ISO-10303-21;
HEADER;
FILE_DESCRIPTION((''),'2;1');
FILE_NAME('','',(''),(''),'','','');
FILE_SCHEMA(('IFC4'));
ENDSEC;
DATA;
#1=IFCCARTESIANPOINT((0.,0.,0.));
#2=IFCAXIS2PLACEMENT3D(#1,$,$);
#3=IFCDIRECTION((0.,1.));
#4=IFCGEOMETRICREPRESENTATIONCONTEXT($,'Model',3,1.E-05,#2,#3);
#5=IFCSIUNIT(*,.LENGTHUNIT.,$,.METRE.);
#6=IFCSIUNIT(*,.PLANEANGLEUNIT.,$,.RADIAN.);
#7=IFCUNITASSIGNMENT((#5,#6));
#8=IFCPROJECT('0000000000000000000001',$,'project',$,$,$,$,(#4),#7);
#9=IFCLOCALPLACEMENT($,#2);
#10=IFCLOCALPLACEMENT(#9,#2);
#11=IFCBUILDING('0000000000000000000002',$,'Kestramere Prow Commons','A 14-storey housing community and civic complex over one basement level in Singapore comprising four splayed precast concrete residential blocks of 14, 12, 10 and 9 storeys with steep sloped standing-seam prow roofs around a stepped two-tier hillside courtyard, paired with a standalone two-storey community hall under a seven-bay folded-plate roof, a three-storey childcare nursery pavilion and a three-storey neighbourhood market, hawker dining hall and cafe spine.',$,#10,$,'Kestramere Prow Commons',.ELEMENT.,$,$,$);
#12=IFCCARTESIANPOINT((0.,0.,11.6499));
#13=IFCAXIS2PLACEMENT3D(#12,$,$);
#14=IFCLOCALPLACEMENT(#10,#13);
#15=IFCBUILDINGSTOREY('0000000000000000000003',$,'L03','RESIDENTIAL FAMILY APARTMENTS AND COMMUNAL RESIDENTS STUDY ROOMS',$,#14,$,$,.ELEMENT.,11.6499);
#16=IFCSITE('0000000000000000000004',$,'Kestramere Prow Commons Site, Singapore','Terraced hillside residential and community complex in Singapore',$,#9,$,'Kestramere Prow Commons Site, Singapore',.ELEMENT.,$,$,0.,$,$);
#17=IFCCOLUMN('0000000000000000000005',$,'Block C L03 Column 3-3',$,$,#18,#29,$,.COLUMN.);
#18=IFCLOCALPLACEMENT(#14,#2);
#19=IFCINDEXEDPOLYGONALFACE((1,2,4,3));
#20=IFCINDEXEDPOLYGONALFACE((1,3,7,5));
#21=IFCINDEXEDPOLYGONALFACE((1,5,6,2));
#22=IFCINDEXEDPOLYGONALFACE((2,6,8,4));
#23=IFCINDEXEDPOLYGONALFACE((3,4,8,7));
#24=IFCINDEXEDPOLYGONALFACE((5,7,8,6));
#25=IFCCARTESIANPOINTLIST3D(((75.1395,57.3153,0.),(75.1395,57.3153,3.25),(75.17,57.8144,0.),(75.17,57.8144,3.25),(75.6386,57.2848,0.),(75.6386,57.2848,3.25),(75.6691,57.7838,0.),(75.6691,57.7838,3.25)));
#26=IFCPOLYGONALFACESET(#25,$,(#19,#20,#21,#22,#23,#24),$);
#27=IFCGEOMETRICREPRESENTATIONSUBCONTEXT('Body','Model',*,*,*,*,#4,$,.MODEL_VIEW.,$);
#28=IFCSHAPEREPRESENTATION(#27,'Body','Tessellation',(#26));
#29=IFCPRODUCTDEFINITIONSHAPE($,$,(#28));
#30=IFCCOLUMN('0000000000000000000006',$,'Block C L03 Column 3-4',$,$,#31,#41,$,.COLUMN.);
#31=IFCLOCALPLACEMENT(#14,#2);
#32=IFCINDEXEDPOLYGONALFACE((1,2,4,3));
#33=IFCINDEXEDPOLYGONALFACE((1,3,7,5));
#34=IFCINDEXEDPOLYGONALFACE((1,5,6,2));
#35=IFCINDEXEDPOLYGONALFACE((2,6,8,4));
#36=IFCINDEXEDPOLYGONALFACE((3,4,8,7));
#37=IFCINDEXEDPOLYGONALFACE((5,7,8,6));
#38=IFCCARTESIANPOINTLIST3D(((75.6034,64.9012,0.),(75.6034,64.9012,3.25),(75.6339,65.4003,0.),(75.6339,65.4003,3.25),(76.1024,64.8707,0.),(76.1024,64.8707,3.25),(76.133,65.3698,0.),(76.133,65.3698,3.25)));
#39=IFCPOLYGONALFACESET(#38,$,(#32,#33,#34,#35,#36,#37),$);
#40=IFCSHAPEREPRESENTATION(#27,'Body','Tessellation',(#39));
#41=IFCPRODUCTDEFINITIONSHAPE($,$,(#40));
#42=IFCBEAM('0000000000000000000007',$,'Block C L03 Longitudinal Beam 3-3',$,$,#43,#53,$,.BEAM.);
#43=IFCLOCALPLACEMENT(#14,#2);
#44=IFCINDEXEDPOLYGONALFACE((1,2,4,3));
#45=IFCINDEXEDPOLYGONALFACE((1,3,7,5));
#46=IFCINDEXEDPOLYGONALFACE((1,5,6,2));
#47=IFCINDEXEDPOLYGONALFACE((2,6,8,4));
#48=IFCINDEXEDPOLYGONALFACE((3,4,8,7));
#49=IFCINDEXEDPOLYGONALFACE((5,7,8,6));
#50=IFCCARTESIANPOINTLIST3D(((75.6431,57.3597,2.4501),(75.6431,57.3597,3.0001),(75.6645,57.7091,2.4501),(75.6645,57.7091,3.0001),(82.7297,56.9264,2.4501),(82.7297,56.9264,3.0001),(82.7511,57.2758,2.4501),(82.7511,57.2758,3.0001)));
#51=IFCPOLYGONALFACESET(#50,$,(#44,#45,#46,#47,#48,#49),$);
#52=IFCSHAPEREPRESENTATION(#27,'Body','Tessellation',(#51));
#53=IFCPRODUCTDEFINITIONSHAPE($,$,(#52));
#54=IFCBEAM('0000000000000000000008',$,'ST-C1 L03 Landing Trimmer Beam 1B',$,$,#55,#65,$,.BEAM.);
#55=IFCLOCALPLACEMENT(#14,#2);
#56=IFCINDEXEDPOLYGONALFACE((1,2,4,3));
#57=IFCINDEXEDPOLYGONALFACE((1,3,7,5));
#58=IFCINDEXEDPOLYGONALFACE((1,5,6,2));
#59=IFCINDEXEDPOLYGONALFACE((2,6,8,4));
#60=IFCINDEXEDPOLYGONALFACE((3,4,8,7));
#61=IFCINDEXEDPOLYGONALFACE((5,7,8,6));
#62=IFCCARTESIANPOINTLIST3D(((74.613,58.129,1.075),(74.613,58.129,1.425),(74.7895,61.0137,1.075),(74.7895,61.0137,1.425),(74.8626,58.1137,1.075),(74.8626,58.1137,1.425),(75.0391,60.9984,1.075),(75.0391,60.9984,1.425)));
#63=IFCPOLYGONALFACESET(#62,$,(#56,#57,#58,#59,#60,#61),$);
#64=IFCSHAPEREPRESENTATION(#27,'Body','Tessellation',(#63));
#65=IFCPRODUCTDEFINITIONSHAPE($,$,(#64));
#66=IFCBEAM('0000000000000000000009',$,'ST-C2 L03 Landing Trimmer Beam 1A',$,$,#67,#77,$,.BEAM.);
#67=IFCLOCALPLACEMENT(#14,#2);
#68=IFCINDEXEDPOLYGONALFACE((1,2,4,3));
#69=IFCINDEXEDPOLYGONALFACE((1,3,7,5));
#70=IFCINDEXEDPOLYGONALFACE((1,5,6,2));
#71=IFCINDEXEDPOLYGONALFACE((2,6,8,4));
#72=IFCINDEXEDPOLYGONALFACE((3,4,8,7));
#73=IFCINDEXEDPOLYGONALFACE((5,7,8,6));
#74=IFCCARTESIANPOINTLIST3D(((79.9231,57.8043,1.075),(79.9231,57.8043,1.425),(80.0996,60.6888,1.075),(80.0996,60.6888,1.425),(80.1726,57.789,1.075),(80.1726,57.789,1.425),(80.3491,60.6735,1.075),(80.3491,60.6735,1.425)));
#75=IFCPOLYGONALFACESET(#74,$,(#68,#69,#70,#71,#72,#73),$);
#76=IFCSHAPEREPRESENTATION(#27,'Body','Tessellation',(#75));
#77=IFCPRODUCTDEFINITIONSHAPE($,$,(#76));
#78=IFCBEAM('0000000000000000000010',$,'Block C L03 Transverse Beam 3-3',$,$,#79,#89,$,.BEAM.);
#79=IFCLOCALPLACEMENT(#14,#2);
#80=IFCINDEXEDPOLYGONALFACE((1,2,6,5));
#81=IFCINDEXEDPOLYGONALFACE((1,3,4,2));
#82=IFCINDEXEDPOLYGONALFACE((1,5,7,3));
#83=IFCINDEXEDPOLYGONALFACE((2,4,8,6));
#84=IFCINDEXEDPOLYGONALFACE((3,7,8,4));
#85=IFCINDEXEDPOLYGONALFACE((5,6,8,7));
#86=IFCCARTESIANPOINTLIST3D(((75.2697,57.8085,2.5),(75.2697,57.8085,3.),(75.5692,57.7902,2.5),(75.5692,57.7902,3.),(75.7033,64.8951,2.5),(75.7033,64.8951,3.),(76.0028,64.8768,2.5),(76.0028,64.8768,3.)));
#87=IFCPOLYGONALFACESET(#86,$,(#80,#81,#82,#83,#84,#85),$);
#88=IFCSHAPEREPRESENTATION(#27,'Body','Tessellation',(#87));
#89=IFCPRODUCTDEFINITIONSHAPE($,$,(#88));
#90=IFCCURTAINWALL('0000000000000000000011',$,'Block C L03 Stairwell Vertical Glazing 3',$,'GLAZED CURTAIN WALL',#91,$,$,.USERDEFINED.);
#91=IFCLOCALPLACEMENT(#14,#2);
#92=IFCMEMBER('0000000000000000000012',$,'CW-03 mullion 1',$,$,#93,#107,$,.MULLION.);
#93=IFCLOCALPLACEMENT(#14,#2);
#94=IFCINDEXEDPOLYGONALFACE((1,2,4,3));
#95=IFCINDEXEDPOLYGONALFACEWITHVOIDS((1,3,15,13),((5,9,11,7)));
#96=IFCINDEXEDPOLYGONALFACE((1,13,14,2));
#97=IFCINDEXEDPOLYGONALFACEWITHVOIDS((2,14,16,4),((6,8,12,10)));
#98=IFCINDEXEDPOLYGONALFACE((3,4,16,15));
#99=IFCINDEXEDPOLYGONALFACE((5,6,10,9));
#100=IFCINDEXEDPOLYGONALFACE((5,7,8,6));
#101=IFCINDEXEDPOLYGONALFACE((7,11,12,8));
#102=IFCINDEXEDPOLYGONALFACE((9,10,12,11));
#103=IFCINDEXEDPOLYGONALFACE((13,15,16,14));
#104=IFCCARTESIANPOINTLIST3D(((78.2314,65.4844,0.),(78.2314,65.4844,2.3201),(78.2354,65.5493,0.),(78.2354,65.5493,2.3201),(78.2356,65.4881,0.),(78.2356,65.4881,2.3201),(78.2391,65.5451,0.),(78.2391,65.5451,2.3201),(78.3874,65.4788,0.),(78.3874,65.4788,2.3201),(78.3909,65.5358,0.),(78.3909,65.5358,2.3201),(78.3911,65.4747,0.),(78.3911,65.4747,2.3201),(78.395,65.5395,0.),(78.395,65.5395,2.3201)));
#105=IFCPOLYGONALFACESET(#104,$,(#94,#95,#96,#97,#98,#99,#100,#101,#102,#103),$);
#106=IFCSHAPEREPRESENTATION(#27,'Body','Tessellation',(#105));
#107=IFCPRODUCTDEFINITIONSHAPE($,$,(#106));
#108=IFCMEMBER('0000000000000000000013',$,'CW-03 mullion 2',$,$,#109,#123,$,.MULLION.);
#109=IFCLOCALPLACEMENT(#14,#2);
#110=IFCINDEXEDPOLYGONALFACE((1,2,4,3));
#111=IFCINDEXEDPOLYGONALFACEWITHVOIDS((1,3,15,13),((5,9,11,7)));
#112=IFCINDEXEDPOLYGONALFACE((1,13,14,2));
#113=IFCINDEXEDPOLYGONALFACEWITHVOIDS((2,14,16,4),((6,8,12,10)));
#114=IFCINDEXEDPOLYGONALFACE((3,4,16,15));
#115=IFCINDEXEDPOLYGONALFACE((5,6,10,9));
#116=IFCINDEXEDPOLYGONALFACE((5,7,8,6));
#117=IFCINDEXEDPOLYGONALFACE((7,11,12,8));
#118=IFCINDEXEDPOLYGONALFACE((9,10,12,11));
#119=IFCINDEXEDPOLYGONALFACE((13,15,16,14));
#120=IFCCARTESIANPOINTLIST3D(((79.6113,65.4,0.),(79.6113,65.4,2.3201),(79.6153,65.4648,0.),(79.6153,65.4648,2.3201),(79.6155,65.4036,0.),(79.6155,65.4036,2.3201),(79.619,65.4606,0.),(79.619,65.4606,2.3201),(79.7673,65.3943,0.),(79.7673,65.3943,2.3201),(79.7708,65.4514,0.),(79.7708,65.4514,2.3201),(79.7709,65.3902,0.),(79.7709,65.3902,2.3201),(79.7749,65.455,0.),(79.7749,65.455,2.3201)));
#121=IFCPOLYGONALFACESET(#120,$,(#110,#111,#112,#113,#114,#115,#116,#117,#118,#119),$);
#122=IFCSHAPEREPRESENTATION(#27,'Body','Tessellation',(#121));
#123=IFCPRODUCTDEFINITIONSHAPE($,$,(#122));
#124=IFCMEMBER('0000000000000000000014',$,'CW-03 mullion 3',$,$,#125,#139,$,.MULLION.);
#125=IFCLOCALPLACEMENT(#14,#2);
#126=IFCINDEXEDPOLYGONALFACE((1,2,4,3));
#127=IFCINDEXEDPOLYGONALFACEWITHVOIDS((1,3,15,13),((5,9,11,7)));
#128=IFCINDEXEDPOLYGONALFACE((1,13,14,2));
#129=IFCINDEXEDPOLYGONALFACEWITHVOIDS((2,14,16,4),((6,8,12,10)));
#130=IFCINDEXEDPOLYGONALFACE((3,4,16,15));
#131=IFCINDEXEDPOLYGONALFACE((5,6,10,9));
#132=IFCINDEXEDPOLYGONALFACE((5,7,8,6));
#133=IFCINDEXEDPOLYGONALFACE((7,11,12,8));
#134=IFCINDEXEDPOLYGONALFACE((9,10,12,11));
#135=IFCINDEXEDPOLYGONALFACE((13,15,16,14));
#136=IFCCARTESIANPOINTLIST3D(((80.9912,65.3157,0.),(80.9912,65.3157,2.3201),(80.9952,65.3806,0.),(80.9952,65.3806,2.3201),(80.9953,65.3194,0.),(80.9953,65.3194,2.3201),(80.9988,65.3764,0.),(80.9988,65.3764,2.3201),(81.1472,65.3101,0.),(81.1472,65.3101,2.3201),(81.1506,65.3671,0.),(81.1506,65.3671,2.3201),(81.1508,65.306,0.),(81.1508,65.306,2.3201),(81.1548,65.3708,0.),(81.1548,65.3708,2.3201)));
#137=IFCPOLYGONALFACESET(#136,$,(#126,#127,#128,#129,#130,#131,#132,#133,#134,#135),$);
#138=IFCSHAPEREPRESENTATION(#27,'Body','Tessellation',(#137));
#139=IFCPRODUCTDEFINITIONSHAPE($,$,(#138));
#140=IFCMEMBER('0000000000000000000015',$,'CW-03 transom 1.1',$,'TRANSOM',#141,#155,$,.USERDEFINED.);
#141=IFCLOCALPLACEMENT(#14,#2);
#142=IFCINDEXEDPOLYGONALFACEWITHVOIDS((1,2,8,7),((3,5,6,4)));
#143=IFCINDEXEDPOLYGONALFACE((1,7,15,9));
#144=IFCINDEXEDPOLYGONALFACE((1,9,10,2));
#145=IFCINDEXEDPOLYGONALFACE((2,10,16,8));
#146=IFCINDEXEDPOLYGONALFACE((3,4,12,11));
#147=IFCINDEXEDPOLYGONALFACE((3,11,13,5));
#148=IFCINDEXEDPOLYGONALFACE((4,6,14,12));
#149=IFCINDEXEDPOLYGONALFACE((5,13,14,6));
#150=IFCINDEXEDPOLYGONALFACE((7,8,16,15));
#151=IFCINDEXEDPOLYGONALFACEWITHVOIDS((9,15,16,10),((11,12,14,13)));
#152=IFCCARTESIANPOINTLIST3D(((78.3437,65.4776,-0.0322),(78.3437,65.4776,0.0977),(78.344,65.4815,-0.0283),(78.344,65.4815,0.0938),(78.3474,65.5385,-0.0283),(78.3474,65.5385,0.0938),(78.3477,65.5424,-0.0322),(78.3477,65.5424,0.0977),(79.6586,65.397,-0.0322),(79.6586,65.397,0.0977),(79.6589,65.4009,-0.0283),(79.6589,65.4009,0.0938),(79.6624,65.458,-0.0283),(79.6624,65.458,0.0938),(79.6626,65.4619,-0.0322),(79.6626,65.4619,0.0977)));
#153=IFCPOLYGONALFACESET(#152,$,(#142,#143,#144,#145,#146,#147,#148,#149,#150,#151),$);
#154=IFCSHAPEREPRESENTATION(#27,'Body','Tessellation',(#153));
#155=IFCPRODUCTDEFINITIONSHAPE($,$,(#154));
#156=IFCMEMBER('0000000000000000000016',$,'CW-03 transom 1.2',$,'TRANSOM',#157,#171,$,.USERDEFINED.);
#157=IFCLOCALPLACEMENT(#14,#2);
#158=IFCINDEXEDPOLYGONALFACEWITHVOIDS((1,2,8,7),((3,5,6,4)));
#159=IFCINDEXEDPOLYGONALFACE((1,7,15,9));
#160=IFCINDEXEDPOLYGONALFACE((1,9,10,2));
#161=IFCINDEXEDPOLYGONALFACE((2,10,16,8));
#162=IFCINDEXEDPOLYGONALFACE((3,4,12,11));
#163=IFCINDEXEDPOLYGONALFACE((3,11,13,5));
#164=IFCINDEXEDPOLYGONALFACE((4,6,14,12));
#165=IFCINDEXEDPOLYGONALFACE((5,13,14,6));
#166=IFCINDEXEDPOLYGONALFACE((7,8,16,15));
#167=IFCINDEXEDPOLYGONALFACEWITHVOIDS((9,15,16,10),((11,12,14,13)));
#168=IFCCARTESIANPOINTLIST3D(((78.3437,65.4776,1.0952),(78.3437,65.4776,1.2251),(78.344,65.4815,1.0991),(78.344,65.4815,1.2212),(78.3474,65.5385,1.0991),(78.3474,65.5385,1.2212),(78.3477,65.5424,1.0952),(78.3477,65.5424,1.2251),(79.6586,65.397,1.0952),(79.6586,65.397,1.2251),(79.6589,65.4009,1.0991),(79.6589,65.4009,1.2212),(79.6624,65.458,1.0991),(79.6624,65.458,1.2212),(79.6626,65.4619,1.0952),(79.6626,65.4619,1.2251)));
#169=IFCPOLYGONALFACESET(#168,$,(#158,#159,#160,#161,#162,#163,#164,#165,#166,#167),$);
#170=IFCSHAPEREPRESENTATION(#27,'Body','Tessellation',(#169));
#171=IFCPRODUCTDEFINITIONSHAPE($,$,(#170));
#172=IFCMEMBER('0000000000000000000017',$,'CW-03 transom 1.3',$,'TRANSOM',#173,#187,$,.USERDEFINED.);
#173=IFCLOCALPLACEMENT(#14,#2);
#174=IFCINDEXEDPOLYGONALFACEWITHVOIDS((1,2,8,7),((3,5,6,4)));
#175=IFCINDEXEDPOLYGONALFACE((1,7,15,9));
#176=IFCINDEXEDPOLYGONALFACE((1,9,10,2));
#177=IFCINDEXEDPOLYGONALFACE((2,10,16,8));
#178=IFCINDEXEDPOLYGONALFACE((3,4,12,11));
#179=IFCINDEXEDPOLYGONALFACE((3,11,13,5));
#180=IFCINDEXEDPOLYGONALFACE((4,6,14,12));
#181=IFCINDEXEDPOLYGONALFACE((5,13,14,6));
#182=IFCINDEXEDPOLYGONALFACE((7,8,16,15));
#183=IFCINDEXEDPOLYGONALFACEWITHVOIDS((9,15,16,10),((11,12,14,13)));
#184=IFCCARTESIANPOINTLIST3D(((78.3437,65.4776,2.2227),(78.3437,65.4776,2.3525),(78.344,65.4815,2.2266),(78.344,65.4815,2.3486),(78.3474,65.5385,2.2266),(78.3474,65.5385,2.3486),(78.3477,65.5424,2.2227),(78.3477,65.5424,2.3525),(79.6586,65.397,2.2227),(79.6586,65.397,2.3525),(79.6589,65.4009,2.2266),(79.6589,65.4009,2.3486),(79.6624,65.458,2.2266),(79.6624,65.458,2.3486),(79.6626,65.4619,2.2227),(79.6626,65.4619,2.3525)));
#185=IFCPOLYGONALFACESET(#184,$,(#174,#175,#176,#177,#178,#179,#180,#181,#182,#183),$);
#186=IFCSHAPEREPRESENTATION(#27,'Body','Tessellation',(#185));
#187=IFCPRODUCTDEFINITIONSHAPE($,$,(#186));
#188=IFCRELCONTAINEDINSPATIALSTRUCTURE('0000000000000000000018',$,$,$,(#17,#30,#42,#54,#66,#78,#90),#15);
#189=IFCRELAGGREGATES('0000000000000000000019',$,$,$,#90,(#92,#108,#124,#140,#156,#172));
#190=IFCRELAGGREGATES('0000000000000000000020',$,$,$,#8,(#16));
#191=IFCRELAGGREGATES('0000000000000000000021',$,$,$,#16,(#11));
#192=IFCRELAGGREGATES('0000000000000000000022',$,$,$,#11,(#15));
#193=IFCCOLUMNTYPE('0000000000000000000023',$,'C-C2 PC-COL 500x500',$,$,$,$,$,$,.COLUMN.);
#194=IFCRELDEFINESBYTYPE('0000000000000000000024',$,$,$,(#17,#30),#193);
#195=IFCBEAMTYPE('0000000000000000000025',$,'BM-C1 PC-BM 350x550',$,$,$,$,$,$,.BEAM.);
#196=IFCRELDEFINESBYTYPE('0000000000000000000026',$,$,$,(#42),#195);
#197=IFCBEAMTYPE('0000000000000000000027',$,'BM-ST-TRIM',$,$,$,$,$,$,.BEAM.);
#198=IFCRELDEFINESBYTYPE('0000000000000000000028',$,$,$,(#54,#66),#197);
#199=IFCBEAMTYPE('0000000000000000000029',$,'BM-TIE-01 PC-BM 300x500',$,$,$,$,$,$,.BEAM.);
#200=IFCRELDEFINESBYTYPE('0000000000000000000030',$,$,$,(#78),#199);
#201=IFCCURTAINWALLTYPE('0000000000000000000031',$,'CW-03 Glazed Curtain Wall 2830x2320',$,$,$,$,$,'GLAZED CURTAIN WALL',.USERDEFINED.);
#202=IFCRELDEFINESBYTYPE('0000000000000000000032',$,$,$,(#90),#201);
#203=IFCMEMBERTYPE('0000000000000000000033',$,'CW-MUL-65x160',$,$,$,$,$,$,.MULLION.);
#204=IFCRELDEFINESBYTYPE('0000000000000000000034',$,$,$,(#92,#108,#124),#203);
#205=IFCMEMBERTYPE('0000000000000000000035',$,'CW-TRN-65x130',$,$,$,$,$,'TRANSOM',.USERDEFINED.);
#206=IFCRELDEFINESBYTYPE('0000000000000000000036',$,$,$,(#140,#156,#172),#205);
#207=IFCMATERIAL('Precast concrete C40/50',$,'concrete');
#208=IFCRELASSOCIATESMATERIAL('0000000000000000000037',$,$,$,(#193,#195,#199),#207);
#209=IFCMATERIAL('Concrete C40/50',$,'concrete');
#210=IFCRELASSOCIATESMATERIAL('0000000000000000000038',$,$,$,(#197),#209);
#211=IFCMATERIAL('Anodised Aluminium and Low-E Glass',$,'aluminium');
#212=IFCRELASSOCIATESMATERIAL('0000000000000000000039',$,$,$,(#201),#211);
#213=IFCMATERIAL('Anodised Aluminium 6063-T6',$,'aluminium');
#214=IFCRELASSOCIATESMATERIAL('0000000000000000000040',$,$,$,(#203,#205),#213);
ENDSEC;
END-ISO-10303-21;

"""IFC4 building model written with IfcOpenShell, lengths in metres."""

from ifc_helpers import new_model, si_unit, direction, frame, origin, origin_2d, place, context, subcontext, project, spatial, rectangle, hollow_rectangle, extrude, material, material_profile, profile_set, type_object, element, aggregate, save


model = new_model("IFC4")

# Units and contexts
model_context = context("Model", 3, precision=1e-05, world=origin(), true_north=direction((0.0, 1.0)))
body_context = subcontext(model_context, "Body", "Model", "MODEL_VIEW")
ifc_project = project(units=[si_unit("LENGTHUNIT", "METRE"), si_unit("PLANEANGLEUNIT", "RADIAN")], contexts=[model_context])

# Site, building, storey
site_placement = place(None, origin())
site = spatial("IfcSite", under=ifc_project, at=site_placement, Name="Kestramere Prow Commons Site, Singapore", Description="Terraced hillside residential and community complex in Singapore", LongName="Kestramere Prow Commons Site, Singapore", CompositionType="ELEMENT", RefElevation=0.0)
building_placement = place(site_placement, origin())
building = spatial("IfcBuilding", under=site, at=building_placement, Name="Kestramere Prow Commons", Description="A 14-storey housing community and civic complex over one basement level in Singapore comprising four splayed precast concrete residential blocks of 14, 12, 10 and 9 storeys with steep sloped standing-seam prow roofs around a stepped two-tier hillside courtyard, paired with a standalone two-storey community hall under a seven-bay folded-plate roof, a three-storey childcare nursery pavilion and a three-storey neighbourhood market, hawker dining hall and cafe spine.", LongName="Kestramere Prow Commons", CompositionType="ELEMENT")
storey_placement = place(building_placement, frame((0.0, 0.0, 11.6499)))
storey = spatial("IfcBuildingStorey", under=building, at=storey_placement, Name="L03", Description="RESIDENTIAL FAMILY APARTMENTS AND COMMUNAL RESIDENTS STUDY ROOMS", CompositionType="ELEMENT", Elevation=11.6499)

# Columns
ifc_material_1 = material(Name="Precast concrete C40/50", Category="concrete")
ifc_material_profile_1 = material_profile(ifc_material_1, rectangle(XDim=0.5, YDim=0.5, at=origin_2d()), Name="PC-COL 500x500")
ifc_profile_set_1 = profile_set([ifc_material_profile_1], Name="Precast concrete C40/50")
column_type = type_object("IfcColumnType", Name="C-C2 PC-COL 500x500", PredefinedType="COLUMN", material=ifc_profile_set_1)
for number, where, z_axis, x_axis, name in (
    (1, (75.4043, 57.5496, 0.0), (0.0, 0.0, 1.0), (0.998135, -0.061049, 0.0), "Block C L03 Column 3-3"),
    (2, (75.8682, 65.1355, 0.0), (0.0, 0.0, 1.0), (0.998135, -0.061049, 0.0), "Block C L03 Column 3-4"),
):
    element("IfcColumn", number, at=place(storey_placement, frame(where, z_axis=z_axis, x_axis=x_axis)), inside=storey, type_object=column_type, Name=name, PredefinedType="COLUMN", context=body_context, shape_type="SweptSolid", body=[
        extrude(rectangle(XDim=0.5, YDim=0.5, at=origin_2d()), origin(), (0.0, 0.0, 1.0), 3.25),
    ])

# Beams
ifc_material_profile_2 = material_profile(ifc_material_1, rectangle(XDim=0.3501, YDim=0.55, at=origin_2d()), Name="PC-BM 350x550")
ifc_profile_set_2 = profile_set([ifc_material_profile_2], Name="Precast concrete C40/50")
beam_type_1 = type_object("IfcBeamType", Name="BM-C1 PC-BM 350x550", PredefinedType="BEAM", material=ifc_profile_set_2)
beam_1_placement = place(storey_placement, frame((75.6538, 57.5344, 2.7251), z_axis=(0.998136, -0.061036, 0.0), x_axis=(0.061036, 0.998136, 0.0)))
element("IfcBeam", 3, at=beam_1_placement, inside=storey, type_object=beam_type_1, Name="Block C L03 Longitudinal Beam 3-3", PredefinedType="BEAM", context=body_context, shape_type="SweptSolid", body=[
    extrude(rectangle(XDim=0.3501, YDim=0.55, at=origin_2d()), origin(), (0.0, 0.0, 1.0), 7.0999),
])
ifc_material_2 = material(Name="Concrete C40/50", Category="concrete")
ifc_material_profile_3 = material_profile(ifc_material_2, rectangle(XDim=0.25, YDim=0.3501, at=origin_2d()), Name="PC-BM 250x350")
ifc_profile_set_3 = profile_set([ifc_material_profile_3], Name="Concrete C40/50")
beam_type_2 = type_object("IfcBeamType", Name="BM-ST-TRIM", PredefinedType="BEAM", material=ifc_profile_set_3)
beam_2_placement = place(storey_placement, frame((74.7378, 58.1213, 1.25), z_axis=(0.061074, 0.998133, 0.0), x_axis=(-0.998133, 0.061074, 0.0)))
element("IfcBeam", 4, at=beam_2_placement, inside=storey, type_object=beam_type_2, Name="ST-C1 L03 Landing Trimmer Beam 1B", PredefinedType="BEAM", context=body_context, shape_type="SweptSolid", body=[
    extrude(rectangle(XDim=0.25, YDim=0.3501, at=origin_2d()), origin(), (0.0, 0.0, 1.0), 2.8901),
])
beam_3_placement = place(storey_placement, frame((80.0479, 57.7966, 1.25), z_axis=(0.061079, 0.998133, 0.0), x_axis=(-0.998133, 0.061079, 0.0)))
element("IfcBeam", 5, at=beam_3_placement, inside=storey, type_object=beam_type_2, Name="ST-C2 L03 Landing Trimmer Beam 1A", PredefinedType="BEAM", context=body_context, shape_type="SweptSolid", body=[
    extrude(rectangle(XDim=0.25, YDim=0.3501, at=origin_2d()), origin(), (0.0, 0.0, 1.0), 2.8899),
])
ifc_material_profile_4 = material_profile(ifc_material_1, rectangle(XDim=0.3, YDim=0.5, at=origin_2d()), Name="PC-BM 300x500")
ifc_profile_set_4 = profile_set([ifc_material_profile_4], Name="Precast concrete C40/50")
beam_type_3 = type_object("IfcBeamType", Name="BM-TIE-01 PC-BM 300x500", PredefinedType="BEAM", material=ifc_profile_set_4)
beam_4_placement = place(storey_placement, frame((75.4194, 57.7993, 2.75), z_axis=(0.06107, 0.998133, 0.0), x_axis=(-0.998133, 0.06107, 0.0)))
element("IfcBeam", 6, at=beam_4_placement, inside=storey, type_object=beam_type_3, Name="Block C L03 Transverse Beam 3-3", PredefinedType="BEAM", context=body_context, shape_type="SweptSolid", body=[
    extrude(rectangle(XDim=0.3, YDim=0.5, at=origin_2d()), origin(), (0.0, 0.0, 1.0), 7.0999),
])

# Curtain wall, members
ifc_material_3 = material(Name="Anodised Aluminium and Low-E Glass", Category="aluminium")
curtain_wall_type = type_object("IfcCurtainWallType", Name="CW-03 Glazed Curtain Wall 2830x2320", ElementType="GLAZED CURTAIN WALL", PredefinedType="USERDEFINED", material=ifc_material_3)
curtain_wall_placement = place(storey_placement, origin())
curtain_wall = element("IfcCurtainWall", 7, at=curtain_wall_placement, inside=storey, type_object=curtain_wall_type, Name="Block C L03 Stairwell Vertical Glazing 3", ObjectType="GLAZED CURTAIN WALL", PredefinedType="USERDEFINED")
ifc_material_4 = material(Name="Anodised Aluminium 6063-T6", Category="aluminium")
ifc_material_profile_5 = material_profile(ifc_material_4, hollow_rectangle(XDim=0.0649, YDim=0.1599, WallThickness=0.0039, at=origin_2d()), Name="ALU-MUL 65x160")
ifc_profile_set_5 = profile_set([ifc_material_profile_5], Name="Anodised Aluminium 6063-T6")
member_type_1 = type_object("IfcMemberType", Name="CW-MUL-65x160", PredefinedType="MULLION", material=ifc_profile_set_5)
member_1_placement = place(storey_placement, frame((78.3132, 65.512, 0.0), z_axis=(0.0, 0.0, 1.0), x_axis=(0.061048, 0.998135, 0.0)))
member_1 = element("IfcMember", 8, at=member_1_placement, type_object=member_type_1, Name="CW-03 mullion 1", PredefinedType="MULLION", context=body_context, shape_type="SweptSolid", body=[
    extrude(hollow_rectangle(XDim=0.0649, YDim=0.1599, WallThickness=0.0039, at=origin_2d()), origin(), (0.0, 0.0, 1.0), 2.3201),
])
member_2_placement = place(storey_placement, frame((79.6931, 65.4275, 0.0), z_axis=(0.0, 0.0, 1.0), x_axis=(0.061048, 0.998135, 0.0)))
member_2 = element("IfcMember", 9, at=member_2_placement, type_object=member_type_1, Name="CW-03 mullion 2", PredefinedType="MULLION", context=body_context, shape_type="SweptSolid", body=[
    extrude(hollow_rectangle(XDim=0.0649, YDim=0.1599, WallThickness=0.0039, at=origin_2d()), origin(), (0.0, 0.0, 1.0), 2.3201),
])
member_3_placement = place(storey_placement, frame((81.073, 65.3433, 0.0), z_axis=(0.0, 0.0, 1.0), x_axis=(0.061048, 0.998135, 0.0)))
member_3 = element("IfcMember", 10, at=member_3_placement, type_object=member_type_1, Name="CW-03 mullion 3", PredefinedType="MULLION", context=body_context, shape_type="SweptSolid", body=[
    extrude(hollow_rectangle(XDim=0.0649, YDim=0.1599, WallThickness=0.0039, at=origin_2d()), origin(), (0.0, 0.0, 1.0), 2.3201),
])
ifc_material_profile_6 = material_profile(ifc_material_4, hollow_rectangle(XDim=0.0649, YDim=0.1299, WallThickness=0.0039, at=origin_2d()), Name="ALU-TRN 65x130")
ifc_profile_set_6 = profile_set([ifc_material_profile_6], Name="Anodised Aluminium 6063-T6")
member_type_2 = type_object("IfcMemberType", Name="CW-TRN-65x130", ElementType="TRANSOM", PredefinedType="USERDEFINED", material=ifc_profile_set_6)
member_4_placement = place(storey_placement, frame((78.3457, 65.51, 0.0327), z_axis=(0.998128, -0.061155, 0.0), x_axis=(0.061155, 0.998128, 0.0)))
member_4 = element("IfcMember", 11, at=member_4_placement, type_object=member_type_2, Name="CW-03 transom 1.1", ObjectType="TRANSOM", PredefinedType="USERDEFINED", context=body_context, shape_type="SweptSolid", body=[
    extrude(hollow_rectangle(XDim=0.0649, YDim=0.1299, WallThickness=0.0039, at=origin_2d()), origin(), (0.0, 0.0, 1.0), 1.3174),
])
member_5_placement = place(storey_placement, frame((78.3457, 65.51, 1.1602), z_axis=(0.998128, -0.061155, 0.0), x_axis=(0.061155, 0.998128, 0.0)))
member_5 = element("IfcMember", 12, at=member_5_placement, type_object=member_type_2, Name="CW-03 transom 1.2", ObjectType="TRANSOM", PredefinedType="USERDEFINED", context=body_context, shape_type="SweptSolid", body=[
    extrude(hollow_rectangle(XDim=0.0649, YDim=0.1299, WallThickness=0.0039, at=origin_2d()), origin(), (0.0, 0.0, 1.0), 1.3174),
])
member_6_placement = place(storey_placement, frame((78.3457, 65.51, 2.2876), z_axis=(0.998128, -0.061155, 0.0), x_axis=(0.061155, 0.998128, 0.0)))
member_6 = element("IfcMember", 13, at=member_6_placement, type_object=member_type_2, Name="CW-03 transom 1.3", ObjectType="TRANSOM", PredefinedType="USERDEFINED", context=body_context, shape_type="SweptSolid", body=[
    extrude(hollow_rectangle(XDim=0.0649, YDim=0.1299, WallThickness=0.0039, at=origin_2d()), origin(), (0.0, 0.0, 1.0), 1.3174),
])

aggregate(curtain_wall, [member_1, member_2, member_3, member_4, member_5, member_6])

save(model, "model.ifc")
